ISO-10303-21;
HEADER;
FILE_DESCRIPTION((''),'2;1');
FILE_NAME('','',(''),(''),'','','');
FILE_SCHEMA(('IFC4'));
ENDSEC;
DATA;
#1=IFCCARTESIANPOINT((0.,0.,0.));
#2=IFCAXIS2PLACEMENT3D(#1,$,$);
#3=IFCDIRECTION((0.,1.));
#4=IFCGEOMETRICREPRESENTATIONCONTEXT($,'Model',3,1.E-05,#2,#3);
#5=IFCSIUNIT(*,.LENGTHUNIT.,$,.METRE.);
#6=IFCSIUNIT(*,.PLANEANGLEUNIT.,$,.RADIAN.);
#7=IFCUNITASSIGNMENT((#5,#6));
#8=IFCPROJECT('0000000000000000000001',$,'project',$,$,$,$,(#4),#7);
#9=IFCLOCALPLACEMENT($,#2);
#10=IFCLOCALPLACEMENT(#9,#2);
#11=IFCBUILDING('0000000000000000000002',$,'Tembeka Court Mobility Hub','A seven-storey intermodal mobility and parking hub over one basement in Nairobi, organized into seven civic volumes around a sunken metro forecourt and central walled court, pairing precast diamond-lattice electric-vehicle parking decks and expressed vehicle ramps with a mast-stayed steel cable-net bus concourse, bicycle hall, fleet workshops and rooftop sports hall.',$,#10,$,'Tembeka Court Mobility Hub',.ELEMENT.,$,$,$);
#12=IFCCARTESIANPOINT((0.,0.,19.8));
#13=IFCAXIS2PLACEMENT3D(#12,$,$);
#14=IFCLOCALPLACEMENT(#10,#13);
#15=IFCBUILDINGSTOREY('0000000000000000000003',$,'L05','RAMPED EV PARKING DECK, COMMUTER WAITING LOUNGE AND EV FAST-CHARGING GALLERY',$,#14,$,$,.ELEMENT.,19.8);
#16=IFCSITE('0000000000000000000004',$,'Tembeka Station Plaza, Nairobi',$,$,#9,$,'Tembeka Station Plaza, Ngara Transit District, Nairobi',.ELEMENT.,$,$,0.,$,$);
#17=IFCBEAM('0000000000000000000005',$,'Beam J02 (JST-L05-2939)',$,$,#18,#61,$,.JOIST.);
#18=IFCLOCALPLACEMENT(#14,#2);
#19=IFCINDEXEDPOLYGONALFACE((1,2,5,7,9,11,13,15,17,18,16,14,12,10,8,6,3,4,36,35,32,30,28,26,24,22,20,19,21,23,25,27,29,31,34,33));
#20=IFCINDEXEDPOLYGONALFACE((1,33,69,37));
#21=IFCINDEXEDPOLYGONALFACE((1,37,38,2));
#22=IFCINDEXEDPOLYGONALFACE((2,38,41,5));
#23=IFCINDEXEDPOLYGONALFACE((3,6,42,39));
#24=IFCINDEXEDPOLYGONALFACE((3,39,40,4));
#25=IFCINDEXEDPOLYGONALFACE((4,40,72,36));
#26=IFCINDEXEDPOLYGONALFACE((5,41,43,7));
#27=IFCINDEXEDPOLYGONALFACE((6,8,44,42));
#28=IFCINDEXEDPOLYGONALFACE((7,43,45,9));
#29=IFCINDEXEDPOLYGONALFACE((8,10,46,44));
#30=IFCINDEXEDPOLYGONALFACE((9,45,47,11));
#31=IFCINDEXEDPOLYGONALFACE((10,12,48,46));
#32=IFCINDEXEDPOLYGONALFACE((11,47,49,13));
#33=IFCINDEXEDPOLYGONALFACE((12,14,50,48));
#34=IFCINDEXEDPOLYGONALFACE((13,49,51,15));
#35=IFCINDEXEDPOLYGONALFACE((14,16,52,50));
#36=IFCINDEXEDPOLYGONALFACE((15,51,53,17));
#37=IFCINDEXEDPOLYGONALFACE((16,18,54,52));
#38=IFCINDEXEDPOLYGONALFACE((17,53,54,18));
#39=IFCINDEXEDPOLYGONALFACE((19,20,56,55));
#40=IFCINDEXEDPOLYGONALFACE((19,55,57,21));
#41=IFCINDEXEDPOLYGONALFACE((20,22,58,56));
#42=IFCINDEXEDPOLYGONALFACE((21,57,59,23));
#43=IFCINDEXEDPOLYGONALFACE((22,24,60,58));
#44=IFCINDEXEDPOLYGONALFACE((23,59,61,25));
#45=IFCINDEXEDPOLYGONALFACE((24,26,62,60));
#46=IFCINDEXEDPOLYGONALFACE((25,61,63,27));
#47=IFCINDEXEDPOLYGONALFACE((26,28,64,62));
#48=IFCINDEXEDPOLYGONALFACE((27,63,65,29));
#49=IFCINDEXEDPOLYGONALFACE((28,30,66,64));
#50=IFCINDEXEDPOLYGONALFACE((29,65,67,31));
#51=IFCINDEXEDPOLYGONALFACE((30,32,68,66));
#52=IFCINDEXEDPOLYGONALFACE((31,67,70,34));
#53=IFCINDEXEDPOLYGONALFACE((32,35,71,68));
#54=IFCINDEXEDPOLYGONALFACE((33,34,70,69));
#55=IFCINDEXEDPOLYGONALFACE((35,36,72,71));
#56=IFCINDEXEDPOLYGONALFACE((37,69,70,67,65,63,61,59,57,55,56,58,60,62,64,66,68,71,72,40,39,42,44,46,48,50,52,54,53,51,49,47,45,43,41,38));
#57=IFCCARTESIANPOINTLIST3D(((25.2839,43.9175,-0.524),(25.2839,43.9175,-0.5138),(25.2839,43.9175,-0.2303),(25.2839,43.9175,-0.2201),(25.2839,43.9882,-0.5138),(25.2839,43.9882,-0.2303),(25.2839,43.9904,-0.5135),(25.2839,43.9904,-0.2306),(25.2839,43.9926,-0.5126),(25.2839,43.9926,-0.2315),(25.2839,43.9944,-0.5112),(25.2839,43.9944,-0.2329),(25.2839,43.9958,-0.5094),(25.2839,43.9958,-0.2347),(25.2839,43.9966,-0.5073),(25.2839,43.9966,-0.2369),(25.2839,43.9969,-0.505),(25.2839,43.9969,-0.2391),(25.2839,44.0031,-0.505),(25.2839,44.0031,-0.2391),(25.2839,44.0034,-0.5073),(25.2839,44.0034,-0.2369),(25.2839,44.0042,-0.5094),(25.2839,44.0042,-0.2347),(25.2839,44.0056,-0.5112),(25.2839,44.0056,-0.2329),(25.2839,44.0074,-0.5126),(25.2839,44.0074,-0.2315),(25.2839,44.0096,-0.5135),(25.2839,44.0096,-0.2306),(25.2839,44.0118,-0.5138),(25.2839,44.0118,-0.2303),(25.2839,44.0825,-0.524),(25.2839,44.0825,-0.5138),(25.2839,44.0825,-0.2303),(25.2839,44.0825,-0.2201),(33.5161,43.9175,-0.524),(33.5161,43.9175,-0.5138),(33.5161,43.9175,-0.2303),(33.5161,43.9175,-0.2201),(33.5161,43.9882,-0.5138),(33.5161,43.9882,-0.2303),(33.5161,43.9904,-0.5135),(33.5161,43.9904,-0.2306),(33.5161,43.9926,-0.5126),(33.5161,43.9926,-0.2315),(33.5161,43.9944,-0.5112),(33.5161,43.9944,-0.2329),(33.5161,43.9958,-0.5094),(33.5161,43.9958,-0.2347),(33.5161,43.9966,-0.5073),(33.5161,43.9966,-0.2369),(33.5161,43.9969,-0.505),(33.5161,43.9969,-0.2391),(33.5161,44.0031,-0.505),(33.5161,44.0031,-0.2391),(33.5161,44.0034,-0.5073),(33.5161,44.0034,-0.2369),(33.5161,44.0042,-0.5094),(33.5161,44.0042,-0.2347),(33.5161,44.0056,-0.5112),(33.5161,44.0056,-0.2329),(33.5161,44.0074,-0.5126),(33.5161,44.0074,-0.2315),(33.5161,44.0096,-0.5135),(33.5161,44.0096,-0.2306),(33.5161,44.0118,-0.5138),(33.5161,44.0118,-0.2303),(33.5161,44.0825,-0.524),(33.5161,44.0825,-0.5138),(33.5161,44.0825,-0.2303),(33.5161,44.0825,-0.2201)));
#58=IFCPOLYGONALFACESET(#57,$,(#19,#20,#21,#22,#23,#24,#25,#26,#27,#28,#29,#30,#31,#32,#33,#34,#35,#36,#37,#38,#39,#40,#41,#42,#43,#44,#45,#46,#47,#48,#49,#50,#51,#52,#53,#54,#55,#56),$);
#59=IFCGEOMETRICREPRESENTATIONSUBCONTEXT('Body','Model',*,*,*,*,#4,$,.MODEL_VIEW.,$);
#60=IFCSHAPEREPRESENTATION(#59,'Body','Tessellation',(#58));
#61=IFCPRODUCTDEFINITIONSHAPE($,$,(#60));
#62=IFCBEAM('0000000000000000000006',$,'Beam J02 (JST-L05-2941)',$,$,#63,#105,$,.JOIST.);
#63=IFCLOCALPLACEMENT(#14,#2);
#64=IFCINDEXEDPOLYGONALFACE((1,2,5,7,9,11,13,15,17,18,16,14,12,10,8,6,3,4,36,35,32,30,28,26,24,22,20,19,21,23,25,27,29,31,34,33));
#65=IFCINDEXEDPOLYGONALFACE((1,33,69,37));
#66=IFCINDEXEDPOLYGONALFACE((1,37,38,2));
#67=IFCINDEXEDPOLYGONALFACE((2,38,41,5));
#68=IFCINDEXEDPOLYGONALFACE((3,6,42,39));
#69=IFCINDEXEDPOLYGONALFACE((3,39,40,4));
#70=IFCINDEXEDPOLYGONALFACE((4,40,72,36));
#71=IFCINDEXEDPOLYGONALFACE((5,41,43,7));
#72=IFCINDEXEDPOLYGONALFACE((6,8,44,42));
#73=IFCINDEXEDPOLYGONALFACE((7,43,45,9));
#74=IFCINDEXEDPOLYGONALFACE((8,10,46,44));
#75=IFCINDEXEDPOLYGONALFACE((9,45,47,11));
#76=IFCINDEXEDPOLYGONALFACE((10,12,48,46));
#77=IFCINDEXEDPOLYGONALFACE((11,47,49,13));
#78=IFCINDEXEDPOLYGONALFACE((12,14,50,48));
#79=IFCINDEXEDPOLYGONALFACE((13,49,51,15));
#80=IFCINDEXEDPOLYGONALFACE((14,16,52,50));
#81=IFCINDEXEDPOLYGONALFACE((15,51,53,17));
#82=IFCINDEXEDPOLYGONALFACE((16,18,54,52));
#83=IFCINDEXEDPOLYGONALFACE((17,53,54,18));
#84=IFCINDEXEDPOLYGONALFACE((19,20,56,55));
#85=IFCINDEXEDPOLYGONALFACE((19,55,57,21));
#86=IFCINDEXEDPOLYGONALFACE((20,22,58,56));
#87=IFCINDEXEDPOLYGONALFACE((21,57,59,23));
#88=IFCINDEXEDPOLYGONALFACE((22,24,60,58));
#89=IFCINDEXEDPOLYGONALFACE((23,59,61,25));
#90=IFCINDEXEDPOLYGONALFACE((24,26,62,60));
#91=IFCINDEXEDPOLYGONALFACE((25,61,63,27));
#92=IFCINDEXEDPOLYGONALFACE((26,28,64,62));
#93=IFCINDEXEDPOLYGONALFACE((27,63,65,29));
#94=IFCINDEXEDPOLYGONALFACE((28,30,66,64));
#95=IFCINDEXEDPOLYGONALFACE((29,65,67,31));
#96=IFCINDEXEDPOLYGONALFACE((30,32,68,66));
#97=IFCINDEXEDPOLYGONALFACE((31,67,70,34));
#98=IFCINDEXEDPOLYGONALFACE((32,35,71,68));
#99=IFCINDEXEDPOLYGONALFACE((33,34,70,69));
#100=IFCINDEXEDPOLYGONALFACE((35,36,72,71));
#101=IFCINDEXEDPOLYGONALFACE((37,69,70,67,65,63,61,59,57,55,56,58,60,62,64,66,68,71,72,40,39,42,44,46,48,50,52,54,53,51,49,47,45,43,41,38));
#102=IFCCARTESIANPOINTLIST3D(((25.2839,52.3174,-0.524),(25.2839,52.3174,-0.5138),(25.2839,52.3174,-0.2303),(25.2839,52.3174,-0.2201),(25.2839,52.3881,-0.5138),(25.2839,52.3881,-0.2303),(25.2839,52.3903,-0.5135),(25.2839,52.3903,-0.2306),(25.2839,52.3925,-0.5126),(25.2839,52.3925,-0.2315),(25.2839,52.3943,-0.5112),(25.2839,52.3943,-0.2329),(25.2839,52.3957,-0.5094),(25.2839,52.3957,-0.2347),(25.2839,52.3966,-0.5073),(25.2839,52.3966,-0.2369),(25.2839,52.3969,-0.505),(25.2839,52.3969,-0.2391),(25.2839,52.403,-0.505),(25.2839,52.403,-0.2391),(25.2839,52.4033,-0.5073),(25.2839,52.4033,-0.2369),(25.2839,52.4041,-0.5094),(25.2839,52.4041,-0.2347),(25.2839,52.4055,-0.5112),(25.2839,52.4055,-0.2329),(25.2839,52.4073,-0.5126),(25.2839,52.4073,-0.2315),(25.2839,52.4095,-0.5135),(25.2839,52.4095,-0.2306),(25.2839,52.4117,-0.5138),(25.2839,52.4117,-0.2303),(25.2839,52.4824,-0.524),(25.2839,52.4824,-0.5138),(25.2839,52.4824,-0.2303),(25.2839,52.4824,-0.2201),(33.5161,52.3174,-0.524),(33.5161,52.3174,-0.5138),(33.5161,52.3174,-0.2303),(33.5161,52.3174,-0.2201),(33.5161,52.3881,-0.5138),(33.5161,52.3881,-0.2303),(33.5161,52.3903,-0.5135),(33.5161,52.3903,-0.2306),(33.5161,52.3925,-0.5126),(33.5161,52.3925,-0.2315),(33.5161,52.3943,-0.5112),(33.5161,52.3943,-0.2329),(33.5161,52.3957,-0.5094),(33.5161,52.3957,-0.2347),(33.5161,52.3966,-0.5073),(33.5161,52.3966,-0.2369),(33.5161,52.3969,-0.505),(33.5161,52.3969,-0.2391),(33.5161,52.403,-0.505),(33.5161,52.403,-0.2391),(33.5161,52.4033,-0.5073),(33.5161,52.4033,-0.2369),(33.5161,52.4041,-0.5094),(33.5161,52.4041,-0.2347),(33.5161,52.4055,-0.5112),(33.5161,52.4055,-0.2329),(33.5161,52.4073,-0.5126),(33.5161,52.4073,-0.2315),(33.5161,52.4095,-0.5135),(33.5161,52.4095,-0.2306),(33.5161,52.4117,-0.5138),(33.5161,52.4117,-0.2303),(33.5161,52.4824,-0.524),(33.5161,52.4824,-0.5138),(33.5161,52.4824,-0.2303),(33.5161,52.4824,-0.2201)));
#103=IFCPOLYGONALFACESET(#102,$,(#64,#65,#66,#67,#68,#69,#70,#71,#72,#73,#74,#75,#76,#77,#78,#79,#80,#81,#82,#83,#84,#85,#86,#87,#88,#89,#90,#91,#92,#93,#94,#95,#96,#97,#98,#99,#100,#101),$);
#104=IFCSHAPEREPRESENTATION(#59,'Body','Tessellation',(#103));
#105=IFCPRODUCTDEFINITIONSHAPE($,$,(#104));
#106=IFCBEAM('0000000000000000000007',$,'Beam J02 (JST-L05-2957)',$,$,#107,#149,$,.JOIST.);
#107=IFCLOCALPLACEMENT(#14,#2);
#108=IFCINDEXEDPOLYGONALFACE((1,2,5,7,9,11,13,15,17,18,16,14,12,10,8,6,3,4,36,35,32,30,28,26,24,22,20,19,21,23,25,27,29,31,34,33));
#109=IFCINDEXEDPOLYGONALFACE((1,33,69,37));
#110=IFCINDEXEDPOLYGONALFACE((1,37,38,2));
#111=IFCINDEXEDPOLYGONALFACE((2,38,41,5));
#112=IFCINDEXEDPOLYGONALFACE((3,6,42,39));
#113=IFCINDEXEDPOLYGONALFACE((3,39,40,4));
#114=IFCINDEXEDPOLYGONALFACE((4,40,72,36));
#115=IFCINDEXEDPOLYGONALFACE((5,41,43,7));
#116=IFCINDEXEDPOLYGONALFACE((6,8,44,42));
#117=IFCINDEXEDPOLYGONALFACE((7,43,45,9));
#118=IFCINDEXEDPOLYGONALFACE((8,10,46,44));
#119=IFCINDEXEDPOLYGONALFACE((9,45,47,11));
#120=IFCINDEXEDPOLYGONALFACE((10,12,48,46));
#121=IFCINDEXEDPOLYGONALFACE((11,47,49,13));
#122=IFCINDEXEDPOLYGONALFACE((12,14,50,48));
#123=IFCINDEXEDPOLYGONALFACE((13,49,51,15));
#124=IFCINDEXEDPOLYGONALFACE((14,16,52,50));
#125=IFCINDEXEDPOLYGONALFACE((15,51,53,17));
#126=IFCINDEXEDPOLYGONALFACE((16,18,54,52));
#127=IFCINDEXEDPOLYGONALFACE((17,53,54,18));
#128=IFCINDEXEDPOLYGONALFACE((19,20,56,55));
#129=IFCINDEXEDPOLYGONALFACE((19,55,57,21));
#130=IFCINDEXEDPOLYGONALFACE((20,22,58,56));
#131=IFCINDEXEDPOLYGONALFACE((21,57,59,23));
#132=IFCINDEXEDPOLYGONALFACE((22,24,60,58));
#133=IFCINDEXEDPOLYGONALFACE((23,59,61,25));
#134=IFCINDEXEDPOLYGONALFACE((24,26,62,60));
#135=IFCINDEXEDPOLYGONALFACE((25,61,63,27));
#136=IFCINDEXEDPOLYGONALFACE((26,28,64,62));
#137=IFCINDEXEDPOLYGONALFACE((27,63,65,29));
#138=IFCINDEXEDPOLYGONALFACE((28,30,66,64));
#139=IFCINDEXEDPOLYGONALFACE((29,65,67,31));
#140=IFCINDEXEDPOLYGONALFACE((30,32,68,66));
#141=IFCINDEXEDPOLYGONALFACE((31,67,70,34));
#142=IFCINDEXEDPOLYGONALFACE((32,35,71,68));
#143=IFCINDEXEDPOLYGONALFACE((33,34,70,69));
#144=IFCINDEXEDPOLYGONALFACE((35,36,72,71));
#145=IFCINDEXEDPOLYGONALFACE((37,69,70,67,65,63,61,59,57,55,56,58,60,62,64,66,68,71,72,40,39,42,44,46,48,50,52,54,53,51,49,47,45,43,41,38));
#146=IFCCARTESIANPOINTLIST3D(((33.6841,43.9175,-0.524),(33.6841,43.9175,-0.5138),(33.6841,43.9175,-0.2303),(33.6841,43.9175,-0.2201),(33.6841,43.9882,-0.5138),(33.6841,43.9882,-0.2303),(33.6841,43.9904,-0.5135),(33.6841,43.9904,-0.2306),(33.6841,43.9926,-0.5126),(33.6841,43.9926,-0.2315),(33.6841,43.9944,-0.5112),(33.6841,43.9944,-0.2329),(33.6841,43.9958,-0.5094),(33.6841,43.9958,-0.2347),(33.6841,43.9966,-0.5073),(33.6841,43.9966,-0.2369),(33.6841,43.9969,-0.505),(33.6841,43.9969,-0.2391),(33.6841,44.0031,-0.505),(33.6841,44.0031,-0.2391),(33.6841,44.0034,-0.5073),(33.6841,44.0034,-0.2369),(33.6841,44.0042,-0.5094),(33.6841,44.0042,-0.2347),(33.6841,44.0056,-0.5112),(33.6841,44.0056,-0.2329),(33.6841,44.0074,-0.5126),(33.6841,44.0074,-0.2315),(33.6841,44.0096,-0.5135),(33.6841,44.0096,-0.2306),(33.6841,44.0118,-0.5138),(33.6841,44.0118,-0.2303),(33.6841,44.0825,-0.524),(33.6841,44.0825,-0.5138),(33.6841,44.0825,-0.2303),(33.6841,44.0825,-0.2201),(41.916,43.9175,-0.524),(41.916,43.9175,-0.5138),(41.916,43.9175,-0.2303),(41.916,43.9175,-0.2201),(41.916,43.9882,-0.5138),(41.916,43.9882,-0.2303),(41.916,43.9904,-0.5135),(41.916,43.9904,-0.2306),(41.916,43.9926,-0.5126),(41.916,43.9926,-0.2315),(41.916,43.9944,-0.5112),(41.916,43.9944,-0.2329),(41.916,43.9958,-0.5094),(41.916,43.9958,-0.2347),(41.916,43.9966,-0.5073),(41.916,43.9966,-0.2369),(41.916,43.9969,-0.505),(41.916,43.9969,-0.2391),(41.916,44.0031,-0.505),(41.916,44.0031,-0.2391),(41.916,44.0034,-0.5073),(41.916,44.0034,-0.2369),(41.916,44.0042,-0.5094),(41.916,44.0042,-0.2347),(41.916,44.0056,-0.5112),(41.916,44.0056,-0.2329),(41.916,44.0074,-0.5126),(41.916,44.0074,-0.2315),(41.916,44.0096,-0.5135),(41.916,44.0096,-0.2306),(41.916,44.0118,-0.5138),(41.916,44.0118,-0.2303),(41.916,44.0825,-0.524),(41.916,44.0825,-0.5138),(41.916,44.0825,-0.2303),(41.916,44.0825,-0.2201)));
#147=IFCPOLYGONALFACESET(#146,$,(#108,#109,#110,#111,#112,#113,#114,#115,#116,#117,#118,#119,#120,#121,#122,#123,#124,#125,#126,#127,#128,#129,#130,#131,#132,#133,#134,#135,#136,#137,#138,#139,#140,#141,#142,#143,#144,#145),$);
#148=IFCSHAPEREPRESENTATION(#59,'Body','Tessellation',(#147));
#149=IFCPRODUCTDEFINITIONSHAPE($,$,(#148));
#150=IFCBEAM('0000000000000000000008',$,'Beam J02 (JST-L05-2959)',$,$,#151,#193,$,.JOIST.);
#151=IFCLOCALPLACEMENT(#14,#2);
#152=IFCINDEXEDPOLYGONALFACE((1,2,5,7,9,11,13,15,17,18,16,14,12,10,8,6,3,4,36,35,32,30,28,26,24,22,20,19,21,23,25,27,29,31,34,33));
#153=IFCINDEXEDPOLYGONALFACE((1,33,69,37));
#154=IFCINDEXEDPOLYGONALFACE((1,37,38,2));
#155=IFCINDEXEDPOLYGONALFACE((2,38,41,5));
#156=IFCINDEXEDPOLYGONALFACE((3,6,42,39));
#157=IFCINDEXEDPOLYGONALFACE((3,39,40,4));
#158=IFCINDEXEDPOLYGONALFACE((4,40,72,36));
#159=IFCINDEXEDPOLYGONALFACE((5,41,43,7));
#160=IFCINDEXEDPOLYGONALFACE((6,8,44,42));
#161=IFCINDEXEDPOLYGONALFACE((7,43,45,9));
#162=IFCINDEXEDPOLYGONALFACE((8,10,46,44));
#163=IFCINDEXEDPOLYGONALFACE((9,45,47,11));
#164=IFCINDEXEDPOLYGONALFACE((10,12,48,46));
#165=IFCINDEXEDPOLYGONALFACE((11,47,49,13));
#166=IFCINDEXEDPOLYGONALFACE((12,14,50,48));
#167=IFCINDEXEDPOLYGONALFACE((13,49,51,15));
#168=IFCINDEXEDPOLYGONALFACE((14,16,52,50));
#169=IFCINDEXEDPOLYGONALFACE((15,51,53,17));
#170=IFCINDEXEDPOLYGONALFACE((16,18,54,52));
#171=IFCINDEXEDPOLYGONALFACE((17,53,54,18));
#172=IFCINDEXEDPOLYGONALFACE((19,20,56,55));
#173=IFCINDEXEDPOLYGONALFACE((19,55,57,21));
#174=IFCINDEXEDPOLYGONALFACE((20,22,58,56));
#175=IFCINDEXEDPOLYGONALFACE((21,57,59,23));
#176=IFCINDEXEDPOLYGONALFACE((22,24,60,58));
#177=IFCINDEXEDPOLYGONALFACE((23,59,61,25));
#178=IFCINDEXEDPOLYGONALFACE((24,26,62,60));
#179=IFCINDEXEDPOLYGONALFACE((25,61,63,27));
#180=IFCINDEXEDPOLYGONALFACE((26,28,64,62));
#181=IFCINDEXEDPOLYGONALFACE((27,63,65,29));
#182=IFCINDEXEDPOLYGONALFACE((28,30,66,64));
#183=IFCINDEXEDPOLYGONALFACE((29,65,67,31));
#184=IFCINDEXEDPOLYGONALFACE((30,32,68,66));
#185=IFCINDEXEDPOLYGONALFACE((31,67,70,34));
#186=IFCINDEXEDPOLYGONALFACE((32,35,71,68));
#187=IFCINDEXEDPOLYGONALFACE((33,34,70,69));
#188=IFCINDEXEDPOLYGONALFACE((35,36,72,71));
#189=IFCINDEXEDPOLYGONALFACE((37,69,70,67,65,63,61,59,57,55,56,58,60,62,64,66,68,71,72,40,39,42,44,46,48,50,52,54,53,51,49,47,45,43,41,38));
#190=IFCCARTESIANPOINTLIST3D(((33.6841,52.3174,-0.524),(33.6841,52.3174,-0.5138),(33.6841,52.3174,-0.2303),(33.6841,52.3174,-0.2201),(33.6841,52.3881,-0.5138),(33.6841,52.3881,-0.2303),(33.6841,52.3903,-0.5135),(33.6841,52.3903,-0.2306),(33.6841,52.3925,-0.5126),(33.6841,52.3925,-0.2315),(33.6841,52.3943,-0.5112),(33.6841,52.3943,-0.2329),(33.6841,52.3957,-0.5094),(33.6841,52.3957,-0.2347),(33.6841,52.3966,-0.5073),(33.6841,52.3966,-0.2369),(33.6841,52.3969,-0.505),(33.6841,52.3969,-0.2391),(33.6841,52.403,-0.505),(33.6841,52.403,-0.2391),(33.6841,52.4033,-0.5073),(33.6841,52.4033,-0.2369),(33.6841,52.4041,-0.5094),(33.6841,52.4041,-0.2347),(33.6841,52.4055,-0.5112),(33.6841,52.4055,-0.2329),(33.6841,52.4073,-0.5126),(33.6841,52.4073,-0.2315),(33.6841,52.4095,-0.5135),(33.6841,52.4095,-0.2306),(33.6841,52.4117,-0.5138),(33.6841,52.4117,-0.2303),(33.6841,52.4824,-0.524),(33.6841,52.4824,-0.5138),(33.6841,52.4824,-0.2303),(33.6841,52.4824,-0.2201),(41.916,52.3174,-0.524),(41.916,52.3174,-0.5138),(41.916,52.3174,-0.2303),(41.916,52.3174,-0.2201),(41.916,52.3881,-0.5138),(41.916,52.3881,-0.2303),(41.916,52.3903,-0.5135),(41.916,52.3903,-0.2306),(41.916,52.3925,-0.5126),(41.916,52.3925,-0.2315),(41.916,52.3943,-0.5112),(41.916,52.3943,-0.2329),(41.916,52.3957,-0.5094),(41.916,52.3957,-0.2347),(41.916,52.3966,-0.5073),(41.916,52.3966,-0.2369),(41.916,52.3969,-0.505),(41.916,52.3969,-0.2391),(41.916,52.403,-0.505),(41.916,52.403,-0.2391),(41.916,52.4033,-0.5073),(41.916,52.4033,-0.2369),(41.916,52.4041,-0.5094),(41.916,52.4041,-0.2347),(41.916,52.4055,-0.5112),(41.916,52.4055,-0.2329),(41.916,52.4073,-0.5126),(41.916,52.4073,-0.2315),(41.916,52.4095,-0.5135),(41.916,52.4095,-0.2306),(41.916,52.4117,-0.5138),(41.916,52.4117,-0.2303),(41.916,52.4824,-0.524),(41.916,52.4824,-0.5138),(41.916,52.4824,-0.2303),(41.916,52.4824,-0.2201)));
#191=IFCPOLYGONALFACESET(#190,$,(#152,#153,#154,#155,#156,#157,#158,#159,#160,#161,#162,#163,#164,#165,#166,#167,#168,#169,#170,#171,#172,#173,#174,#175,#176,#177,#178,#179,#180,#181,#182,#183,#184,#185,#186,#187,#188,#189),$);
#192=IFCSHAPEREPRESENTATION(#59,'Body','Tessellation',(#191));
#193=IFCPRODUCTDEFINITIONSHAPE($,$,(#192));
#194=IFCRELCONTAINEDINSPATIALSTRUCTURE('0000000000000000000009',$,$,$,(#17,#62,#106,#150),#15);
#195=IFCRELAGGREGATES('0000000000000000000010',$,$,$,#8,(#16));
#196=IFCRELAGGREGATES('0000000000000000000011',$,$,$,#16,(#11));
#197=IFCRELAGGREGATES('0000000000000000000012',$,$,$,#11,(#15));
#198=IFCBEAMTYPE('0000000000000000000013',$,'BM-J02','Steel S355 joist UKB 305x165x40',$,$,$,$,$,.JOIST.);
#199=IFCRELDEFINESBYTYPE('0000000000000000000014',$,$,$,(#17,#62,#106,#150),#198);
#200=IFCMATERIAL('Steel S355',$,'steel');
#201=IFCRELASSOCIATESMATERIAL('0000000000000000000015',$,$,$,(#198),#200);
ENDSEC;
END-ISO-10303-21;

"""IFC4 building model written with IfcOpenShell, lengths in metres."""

from ifc_helpers import new_model, si_unit, direction, frame, origin, origin_2d, place, context, subcontext, project, spatial, i_section, extrude, material, material_profile, profile_set, type_object, element, save


model = new_model("IFC4")

# Units and contexts
model_context = context("Model", 3, precision=1e-05, world=origin(), true_north=direction((0.0, 1.0)))
body_context = subcontext(model_context, "Body", "Model", "MODEL_VIEW")
ifc_project = project(units=[si_unit("LENGTHUNIT", "METRE"), si_unit("PLANEANGLEUNIT", "RADIAN")], contexts=[model_context])

# Site, building, storey
site_placement = place(None, origin())
site = spatial("IfcSite", under=ifc_project, at=site_placement, Name="Tembeka Station Plaza, Nairobi", LongName="Tembeka Station Plaza, Ngara Transit District, Nairobi", CompositionType="ELEMENT", RefElevation=0.0)
building_placement = place(site_placement, origin())
building = spatial("IfcBuilding", under=site, at=building_placement, Name="Tembeka Court Mobility Hub", Description="A seven-storey intermodal mobility and parking hub over one basement in Nairobi, organized into seven civic volumes around a sunken metro forecourt and central walled court, pairing precast diamond-lattice electric-vehicle parking decks and expressed vehicle ramps with a mast-stayed steel cable-net bus concourse, bicycle hall, fleet workshops and rooftop sports hall.", LongName="Tembeka Court Mobility Hub", CompositionType="ELEMENT")
storey_placement = place(building_placement, frame((0.0, 0.0, 19.8)))
storey = spatial("IfcBuildingStorey", under=building, at=storey_placement, Name="L05", Description="RAMPED EV PARKING DECK, COMMUTER WAITING LOUNGE AND EV FAST-CHARGING GALLERY", CompositionType="ELEMENT", Elevation=19.8)

# Shared definitions
ifc_material_1 = material(Name="Steel S355", Category="steel")

# Beams
ifc_material_profile_1 = material_profile(ifc_material_1, i_section(OverallWidth=0.165, OverallDepth=0.304, WebThickness=0.0061, FlangeThickness=0.0103, FilletRadius=0.0088, at=origin_2d()), Name="UKB 305x165x40")
ifc_profile_set_1 = profile_set([ifc_material_profile_1], Name="Steel S355")
beam_type_1 = type_object("IfcBeamType", Name="BM-J02", Description="Steel S355 joist UKB 305x165x40", PredefinedType="JOIST", material=ifc_profile_set_1)
for number, where, z_axis, x_axis, name in (
    (1, (25.2839, 44.0, -0.3721), (1.0, 0.0, 0.0), (0.0, 1.0, 0.0), "Beam J02 (JST-L05-2939)"),
    (2, (25.2839, 52.3999, -0.3721), (1.0, 0.0, 0.0), (0.0, 1.0, 0.0), "Beam J02 (JST-L05-2941)"),
):
    element("IfcBeam", number, at=place(storey_placement, frame(where, z_axis=z_axis, x_axis=x_axis)), inside=storey, type_object=beam_type_1, Name=name, PredefinedType="JOIST", context=body_context, shape_type="SweptSolid", body=[
        extrude(i_section(OverallWidth=0.165, OverallDepth=0.304, WebThickness=0.0061, FlangeThickness=0.0103, FilletRadius=0.0088, at=origin_2d()), origin(), (0.0, 0.0, 1.0), 8.2322),
    ])
for number, where, z_axis, x_axis, name in (
    (3, (33.6841, 44.0, -0.3721), (1.0, 0.0, 0.0), (0.0, 1.0, 0.0), "Beam J02 (JST-L05-2957)"),
    (4, (33.6841, 52.3999, -0.3721), (1.0, 0.0, 0.0), (0.0, 1.0, 0.0), "Beam J02 (JST-L05-2959)"),
):
    element("IfcBeam", number, at=place(storey_placement, frame(where, z_axis=z_axis, x_axis=x_axis)), inside=storey, type_object=beam_type_1, Name=name, PredefinedType="JOIST", context=body_context, shape_type="SweptSolid", body=[
        extrude(i_section(OverallWidth=0.165, OverallDepth=0.304, WebThickness=0.0061, FlangeThickness=0.0103, FilletRadius=0.0088, at=origin_2d()), origin(), (0.0, 0.0, 1.0), 8.2319),
    ])

save(model, "model.ifc")
